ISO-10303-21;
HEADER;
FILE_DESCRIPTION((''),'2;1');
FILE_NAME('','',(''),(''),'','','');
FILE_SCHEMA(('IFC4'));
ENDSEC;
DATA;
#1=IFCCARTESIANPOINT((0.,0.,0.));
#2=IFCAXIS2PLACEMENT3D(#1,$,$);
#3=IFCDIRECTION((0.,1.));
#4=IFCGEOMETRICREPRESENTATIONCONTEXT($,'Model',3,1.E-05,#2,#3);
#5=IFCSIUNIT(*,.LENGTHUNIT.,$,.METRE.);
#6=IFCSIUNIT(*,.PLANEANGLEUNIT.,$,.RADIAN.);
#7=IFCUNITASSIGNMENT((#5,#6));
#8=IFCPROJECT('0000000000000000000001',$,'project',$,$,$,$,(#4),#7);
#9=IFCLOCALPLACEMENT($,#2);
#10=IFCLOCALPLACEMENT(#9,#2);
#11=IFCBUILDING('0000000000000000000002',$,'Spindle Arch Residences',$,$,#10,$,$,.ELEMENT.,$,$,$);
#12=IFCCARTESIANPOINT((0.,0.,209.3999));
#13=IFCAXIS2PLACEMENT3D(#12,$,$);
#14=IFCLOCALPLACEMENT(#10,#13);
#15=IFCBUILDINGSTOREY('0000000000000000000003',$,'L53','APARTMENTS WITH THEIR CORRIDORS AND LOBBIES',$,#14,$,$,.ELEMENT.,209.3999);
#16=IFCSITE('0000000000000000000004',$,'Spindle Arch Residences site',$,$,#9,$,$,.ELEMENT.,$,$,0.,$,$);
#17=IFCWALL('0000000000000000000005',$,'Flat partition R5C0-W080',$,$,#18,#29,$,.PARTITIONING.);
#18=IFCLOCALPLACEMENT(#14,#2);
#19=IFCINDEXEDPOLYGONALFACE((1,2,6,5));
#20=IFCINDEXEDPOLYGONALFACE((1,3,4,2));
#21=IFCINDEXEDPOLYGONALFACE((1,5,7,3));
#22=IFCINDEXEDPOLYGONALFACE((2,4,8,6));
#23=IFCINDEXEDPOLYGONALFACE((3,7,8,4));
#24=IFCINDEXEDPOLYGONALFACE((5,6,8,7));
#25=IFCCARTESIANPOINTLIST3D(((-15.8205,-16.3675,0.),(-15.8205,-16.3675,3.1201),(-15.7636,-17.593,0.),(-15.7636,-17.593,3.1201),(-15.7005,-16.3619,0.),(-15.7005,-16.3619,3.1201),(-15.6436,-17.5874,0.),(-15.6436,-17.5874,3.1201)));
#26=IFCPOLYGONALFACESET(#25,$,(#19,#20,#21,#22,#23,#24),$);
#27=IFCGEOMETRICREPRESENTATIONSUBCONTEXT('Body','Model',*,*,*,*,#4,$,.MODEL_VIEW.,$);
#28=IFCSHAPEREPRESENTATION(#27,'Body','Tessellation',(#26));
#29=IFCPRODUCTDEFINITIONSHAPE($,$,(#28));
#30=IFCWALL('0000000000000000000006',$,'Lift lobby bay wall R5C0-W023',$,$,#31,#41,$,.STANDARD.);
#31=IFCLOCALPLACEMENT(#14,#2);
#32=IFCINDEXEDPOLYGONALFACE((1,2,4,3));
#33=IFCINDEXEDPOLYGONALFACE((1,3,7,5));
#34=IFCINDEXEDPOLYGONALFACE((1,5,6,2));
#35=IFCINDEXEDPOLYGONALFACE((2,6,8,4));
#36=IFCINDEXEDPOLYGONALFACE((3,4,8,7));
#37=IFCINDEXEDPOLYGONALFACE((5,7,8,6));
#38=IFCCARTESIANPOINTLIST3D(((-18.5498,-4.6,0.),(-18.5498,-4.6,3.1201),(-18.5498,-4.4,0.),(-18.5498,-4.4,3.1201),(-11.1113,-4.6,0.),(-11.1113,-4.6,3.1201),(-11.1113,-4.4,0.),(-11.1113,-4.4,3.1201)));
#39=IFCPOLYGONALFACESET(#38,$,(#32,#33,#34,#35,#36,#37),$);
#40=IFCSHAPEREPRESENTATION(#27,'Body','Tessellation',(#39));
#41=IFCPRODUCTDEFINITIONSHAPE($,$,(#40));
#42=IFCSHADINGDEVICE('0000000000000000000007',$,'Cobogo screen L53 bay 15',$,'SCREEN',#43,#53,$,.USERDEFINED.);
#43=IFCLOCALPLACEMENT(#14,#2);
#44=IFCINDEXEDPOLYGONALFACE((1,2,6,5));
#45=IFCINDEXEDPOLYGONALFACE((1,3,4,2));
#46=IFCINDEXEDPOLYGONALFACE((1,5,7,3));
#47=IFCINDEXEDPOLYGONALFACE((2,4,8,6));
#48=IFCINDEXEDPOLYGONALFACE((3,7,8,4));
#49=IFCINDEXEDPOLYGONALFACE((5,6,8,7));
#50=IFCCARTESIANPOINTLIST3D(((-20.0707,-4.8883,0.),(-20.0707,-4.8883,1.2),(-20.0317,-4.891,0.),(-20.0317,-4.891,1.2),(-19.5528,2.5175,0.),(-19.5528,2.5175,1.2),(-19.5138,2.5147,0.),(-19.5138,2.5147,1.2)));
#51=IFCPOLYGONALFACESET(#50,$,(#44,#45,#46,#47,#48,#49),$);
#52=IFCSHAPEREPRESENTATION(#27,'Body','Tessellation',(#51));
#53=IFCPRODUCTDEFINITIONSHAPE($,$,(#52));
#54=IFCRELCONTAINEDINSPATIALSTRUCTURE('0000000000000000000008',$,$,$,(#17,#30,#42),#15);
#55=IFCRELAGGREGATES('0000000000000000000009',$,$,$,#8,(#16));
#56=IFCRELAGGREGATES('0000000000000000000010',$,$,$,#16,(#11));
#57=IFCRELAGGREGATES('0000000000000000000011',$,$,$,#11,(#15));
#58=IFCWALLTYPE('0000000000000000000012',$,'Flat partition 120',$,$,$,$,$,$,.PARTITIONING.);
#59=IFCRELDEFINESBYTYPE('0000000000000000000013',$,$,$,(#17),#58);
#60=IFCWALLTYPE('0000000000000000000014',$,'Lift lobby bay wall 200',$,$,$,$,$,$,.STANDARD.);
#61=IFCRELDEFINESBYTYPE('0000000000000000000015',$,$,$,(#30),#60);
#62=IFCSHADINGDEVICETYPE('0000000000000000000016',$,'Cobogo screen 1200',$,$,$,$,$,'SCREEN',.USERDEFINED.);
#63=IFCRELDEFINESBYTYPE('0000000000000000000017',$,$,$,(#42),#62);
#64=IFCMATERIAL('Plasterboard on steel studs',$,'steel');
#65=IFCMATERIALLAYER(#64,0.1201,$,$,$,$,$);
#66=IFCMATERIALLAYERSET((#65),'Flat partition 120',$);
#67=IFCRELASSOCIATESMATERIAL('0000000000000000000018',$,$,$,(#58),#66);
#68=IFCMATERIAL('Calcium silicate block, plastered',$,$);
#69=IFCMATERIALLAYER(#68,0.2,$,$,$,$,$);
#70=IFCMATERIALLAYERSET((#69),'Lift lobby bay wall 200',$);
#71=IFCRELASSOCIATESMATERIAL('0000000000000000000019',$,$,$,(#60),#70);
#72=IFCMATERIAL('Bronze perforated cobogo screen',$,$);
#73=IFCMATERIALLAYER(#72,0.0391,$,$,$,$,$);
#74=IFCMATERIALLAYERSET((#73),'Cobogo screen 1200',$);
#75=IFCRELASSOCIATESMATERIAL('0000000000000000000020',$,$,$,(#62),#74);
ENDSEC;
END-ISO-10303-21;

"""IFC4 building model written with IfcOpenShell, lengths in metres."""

from ifc_helpers import new_model, si_unit, direction, frame, frame_2d, origin, origin_2d, place, context, subcontext, project, spatial, rectangle, extrude, material, layer, layer_set, type_object, element, save


model = new_model("IFC4")

# Units and contexts
model_context = context("Model", 3, precision=1e-05, world=origin(), true_north=direction((0.0, 1.0)))
body_context = subcontext(model_context, "Body", "Model", "MODEL_VIEW")
ifc_project = project(units=[si_unit("LENGTHUNIT", "METRE"), si_unit("PLANEANGLEUNIT", "RADIAN")], contexts=[model_context])

# Site, building, storey
site_placement = place(None, origin())
site = spatial("IfcSite", under=ifc_project, at=site_placement, Name="Spindle Arch Residences site", CompositionType="ELEMENT", RefElevation=0.0)
building_placement = place(site_placement, origin())
building = spatial("IfcBuilding", under=site, at=building_placement, Name="Spindle Arch Residences", CompositionType="ELEMENT")
storey_placement = place(building_placement, frame((0.0, 0.0, 209.3999)))
storey = spatial("IfcBuildingStorey", under=building, at=storey_placement, Name="L53", Description="APARTMENTS WITH THEIR CORRIDORS AND LOBBIES", CompositionType="ELEMENT", Elevation=209.3999)

# Shared definitions
ifc_material_1 = material(Name="Plasterboard on steel studs", Category="steel")
ifc_layer_1 = layer(ifc_material_1, 0.1201)
ifc_layer_set_1 = layer_set([ifc_layer_1], Name="Flat partition 120")
wall_type_1 = type_object("IfcWallType", Name="Flat partition 120", PredefinedType="PARTITIONING", material=ifc_layer_set_1)

# Walls
wall_1_placement = place(storey_placement, frame((-15.7036, -17.5901, 0.0), z_axis=(0.0, 0.0, 1.0), x_axis=(-0.046364, 0.998925, 0.0)))
element("IfcWall", 1, at=wall_1_placement, inside=storey, type_object=wall_type_1, Name="Flat partition R5C0-W080", PredefinedType="PARTITIONING", context=body_context, shape_type="SweptSolid", body=[
    extrude(rectangle(XDim=1.2268, YDim=0.1201, at=frame_2d((0.6133, 0.0))), origin(), (0.0, 0.0, 1.0), 3.1201),
])
ifc_material_2 = material(Name="Calcium silicate block, plastered")
ifc_layer_2 = layer(ifc_material_2, 0.2)
ifc_layer_set_2 = layer_set([ifc_layer_2], Name="Lift lobby bay wall 200")
wall_type_2 = type_object("IfcWallType", Name="Lift lobby bay wall 200", PredefinedType="STANDARD", material=ifc_layer_set_2)
wall_2_placement = place(storey_placement, frame((-18.5498, -4.5, 0.0), z_axis=(0.0, 0.0, 1.0), x_axis=(1.0, 0.0, 0.0)))
element("IfcWall", 2, at=wall_2_placement, inside=storey, type_object=wall_type_2, Name="Lift lobby bay wall R5C0-W023", PredefinedType="STANDARD", context=body_context, shape_type="SweptSolid", body=[
    extrude(rectangle(XDim=7.4385, YDim=0.2, at=frame_2d((3.7192, 0.0))), origin(), (0.0, 0.0, 1.0), 3.1201),
])

# Shading device
ifc_material_3 = material(Name="Bronze perforated cobogo screen")
ifc_layer_3 = layer(ifc_material_3, 0.0391)
ifc_layer_set_3 = layer_set([ifc_layer_3], Name="Cobogo screen 1200")
shading_device_type = type_object("IfcShadingDeviceType", Name="Cobogo screen 1200", ElementType="SCREEN", PredefinedType="USERDEFINED", material=ifc_layer_set_3)
shading_device_placement = place(storey_placement, frame((-19.7922, -1.1868, 0.0), z_axis=(0.0, 0.0, 1.0), x_axis=(-0.069756, -0.997564, 0.0)))
element("IfcShadingDevice", 3, at=shading_device_placement, inside=storey, type_object=shading_device_type, Name="Cobogo screen L53 bay 15", ObjectType="SCREEN", PredefinedType="USERDEFINED", context=body_context, shape_type="SweptSolid", body=[
    extrude(rectangle(XDim=7.4238, YDim=0.0391, at=origin_2d()), origin(), (0.0, 0.0, 1.0), 1.2),
])

save(model, "model.ifc")
